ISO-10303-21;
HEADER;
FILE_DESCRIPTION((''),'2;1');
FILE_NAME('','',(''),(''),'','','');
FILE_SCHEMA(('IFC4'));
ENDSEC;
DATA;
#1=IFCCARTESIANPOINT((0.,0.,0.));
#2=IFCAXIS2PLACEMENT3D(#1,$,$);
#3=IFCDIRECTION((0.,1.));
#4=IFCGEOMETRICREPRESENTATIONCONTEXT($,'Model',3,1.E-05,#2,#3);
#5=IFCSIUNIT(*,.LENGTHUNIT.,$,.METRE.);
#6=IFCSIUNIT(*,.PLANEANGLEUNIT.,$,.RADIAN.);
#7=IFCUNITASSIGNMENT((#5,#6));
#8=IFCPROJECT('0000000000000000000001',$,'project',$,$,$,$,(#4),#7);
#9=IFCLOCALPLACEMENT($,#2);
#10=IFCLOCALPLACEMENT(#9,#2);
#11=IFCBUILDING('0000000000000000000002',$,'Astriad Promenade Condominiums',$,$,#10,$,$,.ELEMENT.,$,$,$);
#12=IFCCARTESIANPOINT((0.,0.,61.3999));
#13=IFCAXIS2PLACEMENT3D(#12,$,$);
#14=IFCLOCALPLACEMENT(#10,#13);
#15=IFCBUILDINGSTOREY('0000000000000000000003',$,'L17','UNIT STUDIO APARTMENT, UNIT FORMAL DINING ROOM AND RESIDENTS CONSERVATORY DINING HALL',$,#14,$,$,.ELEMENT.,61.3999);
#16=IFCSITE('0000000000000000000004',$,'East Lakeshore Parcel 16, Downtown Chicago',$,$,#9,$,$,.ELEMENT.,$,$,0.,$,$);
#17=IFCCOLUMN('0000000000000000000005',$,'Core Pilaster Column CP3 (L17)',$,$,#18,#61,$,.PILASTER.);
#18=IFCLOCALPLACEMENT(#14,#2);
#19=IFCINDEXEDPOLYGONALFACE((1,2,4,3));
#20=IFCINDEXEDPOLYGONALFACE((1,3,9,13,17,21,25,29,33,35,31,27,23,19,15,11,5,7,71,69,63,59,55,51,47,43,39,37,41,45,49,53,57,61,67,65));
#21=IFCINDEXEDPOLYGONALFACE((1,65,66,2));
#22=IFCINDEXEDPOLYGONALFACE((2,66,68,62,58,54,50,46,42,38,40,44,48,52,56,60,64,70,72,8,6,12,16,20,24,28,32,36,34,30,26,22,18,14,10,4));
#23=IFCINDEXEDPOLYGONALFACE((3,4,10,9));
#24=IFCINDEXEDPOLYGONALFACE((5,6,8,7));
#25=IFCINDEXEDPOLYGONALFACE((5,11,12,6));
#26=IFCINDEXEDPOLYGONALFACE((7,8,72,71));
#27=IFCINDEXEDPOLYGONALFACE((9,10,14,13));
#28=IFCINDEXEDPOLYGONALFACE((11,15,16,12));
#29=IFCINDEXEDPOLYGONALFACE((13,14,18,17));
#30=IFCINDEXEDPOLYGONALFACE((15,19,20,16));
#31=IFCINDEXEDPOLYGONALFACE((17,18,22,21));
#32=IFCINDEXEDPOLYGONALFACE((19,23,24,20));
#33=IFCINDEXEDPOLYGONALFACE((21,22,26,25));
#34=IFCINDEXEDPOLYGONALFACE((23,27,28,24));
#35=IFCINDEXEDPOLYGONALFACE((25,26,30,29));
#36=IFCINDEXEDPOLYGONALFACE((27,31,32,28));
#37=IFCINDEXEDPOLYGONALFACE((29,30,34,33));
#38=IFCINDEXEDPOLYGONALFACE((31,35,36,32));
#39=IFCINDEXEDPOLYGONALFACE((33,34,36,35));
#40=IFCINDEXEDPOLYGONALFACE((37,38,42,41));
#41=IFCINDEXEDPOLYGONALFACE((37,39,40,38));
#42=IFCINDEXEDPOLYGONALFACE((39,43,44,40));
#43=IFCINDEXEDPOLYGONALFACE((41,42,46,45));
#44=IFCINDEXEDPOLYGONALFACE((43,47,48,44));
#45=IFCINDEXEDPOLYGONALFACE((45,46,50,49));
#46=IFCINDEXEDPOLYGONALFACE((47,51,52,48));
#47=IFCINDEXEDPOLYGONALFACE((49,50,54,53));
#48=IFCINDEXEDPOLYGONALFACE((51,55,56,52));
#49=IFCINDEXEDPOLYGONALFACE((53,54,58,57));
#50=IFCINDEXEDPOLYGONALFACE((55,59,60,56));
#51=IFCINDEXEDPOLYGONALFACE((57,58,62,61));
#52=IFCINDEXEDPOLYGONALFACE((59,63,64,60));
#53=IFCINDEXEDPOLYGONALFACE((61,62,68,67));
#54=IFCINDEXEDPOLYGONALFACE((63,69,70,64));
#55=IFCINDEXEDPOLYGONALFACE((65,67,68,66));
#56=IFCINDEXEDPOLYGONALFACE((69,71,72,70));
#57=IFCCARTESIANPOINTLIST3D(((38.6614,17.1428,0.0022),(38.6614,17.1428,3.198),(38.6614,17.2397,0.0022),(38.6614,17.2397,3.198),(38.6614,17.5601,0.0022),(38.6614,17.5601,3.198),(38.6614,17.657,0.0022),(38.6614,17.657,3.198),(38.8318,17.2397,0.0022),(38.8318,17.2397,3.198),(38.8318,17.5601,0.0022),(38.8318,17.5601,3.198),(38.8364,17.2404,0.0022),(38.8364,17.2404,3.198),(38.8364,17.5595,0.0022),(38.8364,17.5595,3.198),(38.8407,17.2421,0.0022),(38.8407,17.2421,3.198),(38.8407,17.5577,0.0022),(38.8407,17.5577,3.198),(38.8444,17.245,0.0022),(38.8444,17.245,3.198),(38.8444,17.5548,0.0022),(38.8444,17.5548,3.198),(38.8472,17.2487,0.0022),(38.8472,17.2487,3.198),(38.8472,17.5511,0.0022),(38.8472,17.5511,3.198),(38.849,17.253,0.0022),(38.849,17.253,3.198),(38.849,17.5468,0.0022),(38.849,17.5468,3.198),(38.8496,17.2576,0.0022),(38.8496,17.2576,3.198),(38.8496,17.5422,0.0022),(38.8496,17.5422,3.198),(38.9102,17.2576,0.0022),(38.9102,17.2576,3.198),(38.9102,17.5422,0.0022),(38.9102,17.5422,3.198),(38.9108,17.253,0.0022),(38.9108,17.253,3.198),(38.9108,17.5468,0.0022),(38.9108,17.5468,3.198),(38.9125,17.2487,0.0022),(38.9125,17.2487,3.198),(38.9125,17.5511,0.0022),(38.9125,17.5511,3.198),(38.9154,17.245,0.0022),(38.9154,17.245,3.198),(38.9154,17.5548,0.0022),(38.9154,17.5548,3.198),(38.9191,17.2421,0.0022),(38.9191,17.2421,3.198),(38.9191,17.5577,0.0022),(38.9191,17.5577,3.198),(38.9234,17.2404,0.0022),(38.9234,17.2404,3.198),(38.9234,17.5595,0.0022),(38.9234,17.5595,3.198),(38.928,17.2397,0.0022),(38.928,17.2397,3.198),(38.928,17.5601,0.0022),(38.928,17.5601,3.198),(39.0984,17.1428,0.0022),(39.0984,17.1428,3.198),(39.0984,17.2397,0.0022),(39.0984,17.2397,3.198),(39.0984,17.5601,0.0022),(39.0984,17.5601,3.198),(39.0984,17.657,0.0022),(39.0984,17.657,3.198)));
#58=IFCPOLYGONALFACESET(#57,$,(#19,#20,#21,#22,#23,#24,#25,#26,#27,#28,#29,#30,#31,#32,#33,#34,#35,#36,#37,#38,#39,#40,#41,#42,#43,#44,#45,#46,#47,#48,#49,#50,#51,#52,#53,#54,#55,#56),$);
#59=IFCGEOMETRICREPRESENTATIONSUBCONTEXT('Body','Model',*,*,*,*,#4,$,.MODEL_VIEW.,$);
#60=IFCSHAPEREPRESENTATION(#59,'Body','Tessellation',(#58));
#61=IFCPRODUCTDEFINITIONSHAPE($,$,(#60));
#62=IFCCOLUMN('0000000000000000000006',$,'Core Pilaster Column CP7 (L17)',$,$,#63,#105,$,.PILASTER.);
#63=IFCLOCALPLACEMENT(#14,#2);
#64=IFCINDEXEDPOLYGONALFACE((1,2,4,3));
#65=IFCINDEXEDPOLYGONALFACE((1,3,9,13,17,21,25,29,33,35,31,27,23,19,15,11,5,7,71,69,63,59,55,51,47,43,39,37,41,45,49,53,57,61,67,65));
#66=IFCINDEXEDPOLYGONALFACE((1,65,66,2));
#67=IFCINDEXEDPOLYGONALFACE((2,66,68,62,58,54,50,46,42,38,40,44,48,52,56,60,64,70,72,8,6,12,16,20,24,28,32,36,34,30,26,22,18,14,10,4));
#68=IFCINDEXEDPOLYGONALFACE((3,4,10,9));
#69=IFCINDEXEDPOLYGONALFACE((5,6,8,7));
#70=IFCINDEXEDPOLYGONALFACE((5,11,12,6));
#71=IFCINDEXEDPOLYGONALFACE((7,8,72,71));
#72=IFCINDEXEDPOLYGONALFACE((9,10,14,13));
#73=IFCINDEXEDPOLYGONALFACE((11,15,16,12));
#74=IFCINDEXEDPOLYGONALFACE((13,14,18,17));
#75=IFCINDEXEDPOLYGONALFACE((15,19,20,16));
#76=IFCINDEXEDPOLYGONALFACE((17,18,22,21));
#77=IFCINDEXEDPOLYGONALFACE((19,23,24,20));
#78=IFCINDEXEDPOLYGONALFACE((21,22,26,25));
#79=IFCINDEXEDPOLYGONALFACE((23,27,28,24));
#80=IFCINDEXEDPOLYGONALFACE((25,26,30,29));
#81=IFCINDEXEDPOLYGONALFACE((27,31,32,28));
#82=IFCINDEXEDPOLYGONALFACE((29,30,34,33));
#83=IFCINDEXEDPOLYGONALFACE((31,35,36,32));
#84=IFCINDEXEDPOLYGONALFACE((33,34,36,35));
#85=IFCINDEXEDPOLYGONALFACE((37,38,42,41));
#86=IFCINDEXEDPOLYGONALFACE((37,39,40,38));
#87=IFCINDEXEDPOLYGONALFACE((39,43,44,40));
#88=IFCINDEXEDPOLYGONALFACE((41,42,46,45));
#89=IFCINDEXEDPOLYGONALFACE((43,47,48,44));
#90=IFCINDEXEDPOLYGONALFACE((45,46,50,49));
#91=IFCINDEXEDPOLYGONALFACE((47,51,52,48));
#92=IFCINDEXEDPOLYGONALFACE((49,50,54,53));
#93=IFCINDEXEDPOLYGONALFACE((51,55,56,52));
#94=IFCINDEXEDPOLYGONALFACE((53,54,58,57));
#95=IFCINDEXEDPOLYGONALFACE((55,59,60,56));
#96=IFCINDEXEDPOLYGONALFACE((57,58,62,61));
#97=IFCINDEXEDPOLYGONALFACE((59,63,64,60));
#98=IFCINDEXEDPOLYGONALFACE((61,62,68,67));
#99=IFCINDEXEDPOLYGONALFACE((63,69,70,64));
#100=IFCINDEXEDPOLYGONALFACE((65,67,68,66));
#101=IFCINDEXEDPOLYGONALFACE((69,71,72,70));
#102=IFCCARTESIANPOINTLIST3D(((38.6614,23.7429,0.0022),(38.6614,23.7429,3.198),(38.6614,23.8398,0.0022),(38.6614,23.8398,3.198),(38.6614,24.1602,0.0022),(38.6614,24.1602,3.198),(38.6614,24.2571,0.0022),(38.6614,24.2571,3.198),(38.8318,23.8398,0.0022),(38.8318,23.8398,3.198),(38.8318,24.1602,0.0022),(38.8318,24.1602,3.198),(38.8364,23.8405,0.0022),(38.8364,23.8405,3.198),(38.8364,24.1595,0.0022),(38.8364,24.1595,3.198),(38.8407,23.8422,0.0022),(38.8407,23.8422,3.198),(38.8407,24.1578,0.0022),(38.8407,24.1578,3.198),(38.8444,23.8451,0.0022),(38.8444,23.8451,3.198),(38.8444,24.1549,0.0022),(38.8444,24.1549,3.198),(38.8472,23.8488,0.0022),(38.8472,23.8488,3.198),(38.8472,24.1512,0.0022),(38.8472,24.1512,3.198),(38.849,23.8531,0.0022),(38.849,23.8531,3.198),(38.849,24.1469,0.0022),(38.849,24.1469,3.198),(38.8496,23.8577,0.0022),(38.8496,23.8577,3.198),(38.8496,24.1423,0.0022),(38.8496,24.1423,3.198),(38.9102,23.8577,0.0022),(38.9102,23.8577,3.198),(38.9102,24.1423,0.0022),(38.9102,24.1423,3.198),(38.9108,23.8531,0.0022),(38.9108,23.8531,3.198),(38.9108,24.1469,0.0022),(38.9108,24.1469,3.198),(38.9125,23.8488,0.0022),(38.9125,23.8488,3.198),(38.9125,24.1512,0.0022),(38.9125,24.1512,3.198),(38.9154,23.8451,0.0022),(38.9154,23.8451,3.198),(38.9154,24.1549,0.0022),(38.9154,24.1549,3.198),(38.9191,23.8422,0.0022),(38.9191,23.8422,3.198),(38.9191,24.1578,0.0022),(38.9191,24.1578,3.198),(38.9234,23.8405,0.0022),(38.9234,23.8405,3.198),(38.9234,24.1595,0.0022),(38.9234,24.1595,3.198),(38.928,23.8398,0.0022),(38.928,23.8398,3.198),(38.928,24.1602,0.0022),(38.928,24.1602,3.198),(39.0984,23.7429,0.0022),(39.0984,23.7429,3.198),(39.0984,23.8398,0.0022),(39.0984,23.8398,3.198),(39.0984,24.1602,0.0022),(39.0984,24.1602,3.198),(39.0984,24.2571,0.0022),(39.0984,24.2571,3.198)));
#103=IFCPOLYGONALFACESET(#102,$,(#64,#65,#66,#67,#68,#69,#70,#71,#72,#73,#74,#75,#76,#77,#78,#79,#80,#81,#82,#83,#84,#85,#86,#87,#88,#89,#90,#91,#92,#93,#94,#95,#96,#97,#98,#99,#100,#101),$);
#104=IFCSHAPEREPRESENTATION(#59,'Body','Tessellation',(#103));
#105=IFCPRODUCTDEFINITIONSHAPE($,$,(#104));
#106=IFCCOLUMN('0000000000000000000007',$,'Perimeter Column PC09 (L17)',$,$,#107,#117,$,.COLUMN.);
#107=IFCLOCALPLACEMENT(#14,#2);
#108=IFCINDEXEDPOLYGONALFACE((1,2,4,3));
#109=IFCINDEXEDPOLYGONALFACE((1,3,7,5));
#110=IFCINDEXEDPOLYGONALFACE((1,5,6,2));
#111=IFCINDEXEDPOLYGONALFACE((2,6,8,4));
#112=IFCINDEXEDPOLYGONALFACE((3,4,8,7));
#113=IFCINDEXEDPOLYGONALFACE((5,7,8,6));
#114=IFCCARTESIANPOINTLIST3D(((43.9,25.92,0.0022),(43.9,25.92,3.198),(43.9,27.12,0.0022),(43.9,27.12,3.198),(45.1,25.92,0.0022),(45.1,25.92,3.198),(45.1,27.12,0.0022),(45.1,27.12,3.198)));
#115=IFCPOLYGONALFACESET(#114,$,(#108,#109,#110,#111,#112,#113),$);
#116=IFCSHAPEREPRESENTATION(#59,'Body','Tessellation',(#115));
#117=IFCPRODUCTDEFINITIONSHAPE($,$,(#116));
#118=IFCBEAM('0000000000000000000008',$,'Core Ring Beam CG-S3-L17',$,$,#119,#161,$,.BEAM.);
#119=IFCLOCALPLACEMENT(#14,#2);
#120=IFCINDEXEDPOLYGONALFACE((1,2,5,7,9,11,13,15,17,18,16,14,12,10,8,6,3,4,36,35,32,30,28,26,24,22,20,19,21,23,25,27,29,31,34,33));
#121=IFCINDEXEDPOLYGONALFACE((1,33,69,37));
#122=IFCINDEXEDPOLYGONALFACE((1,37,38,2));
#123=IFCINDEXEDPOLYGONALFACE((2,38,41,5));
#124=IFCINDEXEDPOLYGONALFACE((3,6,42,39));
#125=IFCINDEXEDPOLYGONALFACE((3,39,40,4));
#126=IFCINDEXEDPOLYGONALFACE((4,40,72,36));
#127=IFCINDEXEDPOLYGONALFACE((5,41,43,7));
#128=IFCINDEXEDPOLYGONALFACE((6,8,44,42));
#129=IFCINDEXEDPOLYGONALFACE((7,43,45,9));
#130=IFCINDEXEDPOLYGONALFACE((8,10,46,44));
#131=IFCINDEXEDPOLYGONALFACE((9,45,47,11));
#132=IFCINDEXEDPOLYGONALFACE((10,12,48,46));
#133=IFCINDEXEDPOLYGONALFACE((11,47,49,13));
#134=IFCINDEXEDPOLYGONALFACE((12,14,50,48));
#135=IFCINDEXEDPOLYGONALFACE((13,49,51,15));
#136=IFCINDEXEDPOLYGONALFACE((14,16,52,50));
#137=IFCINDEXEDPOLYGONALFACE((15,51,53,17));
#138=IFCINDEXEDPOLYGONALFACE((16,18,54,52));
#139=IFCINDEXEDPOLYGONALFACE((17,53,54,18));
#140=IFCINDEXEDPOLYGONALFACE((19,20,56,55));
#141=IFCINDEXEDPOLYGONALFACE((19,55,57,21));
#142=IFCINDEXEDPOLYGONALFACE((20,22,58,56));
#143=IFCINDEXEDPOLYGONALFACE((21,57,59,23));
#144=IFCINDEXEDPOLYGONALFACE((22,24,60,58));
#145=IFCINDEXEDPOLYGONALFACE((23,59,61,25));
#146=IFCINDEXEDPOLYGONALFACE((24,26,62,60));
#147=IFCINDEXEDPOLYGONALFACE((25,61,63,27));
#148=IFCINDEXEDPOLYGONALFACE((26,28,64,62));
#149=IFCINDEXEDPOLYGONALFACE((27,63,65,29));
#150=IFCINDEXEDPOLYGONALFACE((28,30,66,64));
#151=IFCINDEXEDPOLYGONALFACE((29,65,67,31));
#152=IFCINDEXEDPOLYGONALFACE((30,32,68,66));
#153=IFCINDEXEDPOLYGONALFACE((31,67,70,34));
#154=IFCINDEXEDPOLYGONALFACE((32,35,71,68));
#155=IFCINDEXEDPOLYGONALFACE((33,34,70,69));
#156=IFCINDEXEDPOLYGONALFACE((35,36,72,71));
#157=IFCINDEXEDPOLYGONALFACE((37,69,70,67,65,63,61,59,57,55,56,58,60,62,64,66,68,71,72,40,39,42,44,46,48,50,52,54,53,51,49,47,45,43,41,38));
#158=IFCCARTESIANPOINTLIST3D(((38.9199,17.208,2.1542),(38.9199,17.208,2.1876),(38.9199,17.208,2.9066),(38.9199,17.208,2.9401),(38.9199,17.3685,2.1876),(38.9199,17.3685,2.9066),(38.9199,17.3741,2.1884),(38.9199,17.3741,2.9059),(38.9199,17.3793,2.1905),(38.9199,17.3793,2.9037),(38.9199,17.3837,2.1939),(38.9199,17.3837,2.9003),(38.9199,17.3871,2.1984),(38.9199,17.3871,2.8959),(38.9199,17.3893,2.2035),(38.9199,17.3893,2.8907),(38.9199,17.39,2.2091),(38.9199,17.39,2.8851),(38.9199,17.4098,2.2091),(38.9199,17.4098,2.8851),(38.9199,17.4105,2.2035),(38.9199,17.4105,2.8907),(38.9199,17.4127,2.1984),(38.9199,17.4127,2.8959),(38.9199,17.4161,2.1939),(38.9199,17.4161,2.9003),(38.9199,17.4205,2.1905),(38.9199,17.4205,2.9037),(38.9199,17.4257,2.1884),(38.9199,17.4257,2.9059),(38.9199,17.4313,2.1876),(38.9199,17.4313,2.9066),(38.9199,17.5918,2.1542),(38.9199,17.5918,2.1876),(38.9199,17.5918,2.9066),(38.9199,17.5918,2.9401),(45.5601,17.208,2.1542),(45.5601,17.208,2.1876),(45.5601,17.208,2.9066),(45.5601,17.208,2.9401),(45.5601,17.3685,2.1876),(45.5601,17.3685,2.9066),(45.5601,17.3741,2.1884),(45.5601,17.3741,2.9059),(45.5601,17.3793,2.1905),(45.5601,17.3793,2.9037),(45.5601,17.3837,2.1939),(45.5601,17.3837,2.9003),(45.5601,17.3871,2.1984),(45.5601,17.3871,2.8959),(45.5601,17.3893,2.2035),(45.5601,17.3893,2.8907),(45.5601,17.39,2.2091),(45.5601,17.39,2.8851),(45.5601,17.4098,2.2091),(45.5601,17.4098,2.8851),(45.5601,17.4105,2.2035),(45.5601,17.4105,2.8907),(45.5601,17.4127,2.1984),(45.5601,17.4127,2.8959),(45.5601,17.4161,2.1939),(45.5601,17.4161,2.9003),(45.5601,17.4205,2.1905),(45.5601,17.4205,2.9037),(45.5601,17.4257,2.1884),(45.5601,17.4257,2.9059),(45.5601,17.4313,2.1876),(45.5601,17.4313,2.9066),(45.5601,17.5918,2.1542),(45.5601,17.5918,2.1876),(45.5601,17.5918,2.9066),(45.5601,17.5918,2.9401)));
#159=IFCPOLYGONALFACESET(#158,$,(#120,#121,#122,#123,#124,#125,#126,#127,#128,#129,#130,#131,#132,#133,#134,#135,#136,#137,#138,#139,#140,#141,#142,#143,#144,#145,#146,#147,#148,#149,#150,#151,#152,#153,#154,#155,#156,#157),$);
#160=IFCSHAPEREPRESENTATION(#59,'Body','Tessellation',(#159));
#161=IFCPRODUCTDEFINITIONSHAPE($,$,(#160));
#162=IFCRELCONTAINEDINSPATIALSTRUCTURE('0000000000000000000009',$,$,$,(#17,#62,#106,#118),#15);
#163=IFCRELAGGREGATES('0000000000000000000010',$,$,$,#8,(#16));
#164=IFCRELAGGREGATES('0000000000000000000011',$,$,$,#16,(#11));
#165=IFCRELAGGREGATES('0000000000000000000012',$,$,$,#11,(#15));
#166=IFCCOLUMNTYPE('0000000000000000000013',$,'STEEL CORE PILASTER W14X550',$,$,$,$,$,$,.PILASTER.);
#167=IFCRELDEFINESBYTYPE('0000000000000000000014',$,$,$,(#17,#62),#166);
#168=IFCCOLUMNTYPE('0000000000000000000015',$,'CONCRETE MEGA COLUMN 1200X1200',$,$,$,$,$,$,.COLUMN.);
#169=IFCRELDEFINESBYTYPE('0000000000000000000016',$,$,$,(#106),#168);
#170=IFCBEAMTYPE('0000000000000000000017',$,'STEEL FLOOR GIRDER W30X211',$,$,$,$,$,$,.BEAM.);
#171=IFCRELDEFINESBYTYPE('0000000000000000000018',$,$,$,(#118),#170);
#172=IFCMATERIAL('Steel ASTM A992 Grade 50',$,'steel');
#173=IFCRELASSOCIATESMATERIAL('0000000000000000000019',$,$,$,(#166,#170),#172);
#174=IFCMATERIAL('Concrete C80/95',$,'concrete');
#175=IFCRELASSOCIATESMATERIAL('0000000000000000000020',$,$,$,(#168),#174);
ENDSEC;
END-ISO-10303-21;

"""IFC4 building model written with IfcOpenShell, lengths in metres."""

from ifc_helpers import new_model, si_unit, direction, frame, origin, origin_2d, place, context, subcontext, project, spatial, rectangle, i_section, extrude, source, transform, mapped, material, material_profile, profile_set, type_object, type_shapes, element, save


model = new_model("IFC4")

# Units and contexts
model_context = context("Model", 3, precision=1e-05, world=origin(), true_north=direction((0.0, 1.0)))
body_context = subcontext(model_context, "Body", "Model", "MODEL_VIEW")
ifc_project = project(units=[si_unit("LENGTHUNIT", "METRE"), si_unit("PLANEANGLEUNIT", "RADIAN")], contexts=[model_context])

# Site, building, storey
site_placement = place(None, origin())
site = spatial("IfcSite", under=ifc_project, at=site_placement, Name="East Lakeshore Parcel 16, Downtown Chicago", CompositionType="ELEMENT", RefElevation=0.0)
building_placement = place(site_placement, origin())
building = spatial("IfcBuilding", under=site, at=building_placement, Name="Astriad Promenade Condominiums", CompositionType="ELEMENT")
storey_placement = place(building_placement, frame((0.0, 0.0, 61.3999)))
storey = spatial("IfcBuildingStorey", under=building, at=storey_placement, Name="L17", Description="UNIT STUDIO APARTMENT, UNIT FORMAL DINING ROOM AND RESIDENTS CONSERVATORY DINING HALL", CompositionType="ELEMENT", Elevation=61.3999)

# Columns
ifc_material_1 = material(Name="Steel ASTM A992 Grade 50", Category="steel")
ifc_material_profile_1 = material_profile(ifc_material_1, i_section(OverallWidth=0.437, OverallDepth=0.5142, WebThickness=0.0605, FlangeThickness=0.0969, FilletRadius=0.0178, at=origin_2d()), Name="W14X550")
ifc_profile_set_1 = profile_set([ifc_material_profile_1], Name="Steel ASTM A992 Grade 50")
column_type_1 = type_object("IfcColumnType", Name="STEEL CORE PILASTER W14X550", PredefinedType="PILASTER", material=ifc_profile_set_1)
shared_shape_1 = source(origin(), body_context, "Body", "SweptSolid", [
    extrude(i_section(OverallWidth=0.437, OverallDepth=0.5142, WebThickness=0.0605, FlangeThickness=0.0969, FilletRadius=0.0178, at=origin_2d()), origin(), (0.0, 0.0, 1.0), 3.1958),
])
type_shapes(column_type_1, [shared_shape_1])
for number, where, z_axis, x_axis, name in (
    (1, (38.8799, 17.3999, 0.0022), (0.0, 0.0, 1.0), (1.0, 0.0, 0.0), "Core Pilaster Column CP3 (L17)"),
    (2, (38.8799, 24.0, 0.0022), (0.0, 0.0, 1.0), (1.0, 0.0, 0.0), "Core Pilaster Column CP7 (L17)"),
):
    element("IfcColumn", number, at=place(storey_placement, frame(where, z_axis=z_axis, x_axis=x_axis)), inside=storey, type_object=column_type_1, Name=name, PredefinedType="PILASTER", context=body_context, shape_type="MappedRepresentation", body=[
        mapped(shared_shape_1, transform((0.0, 0.0, 0.0), scale=1.0)),
    ])
ifc_material_2 = material(Name="Concrete C80/95", Category="concrete")
ifc_material_profile_2 = material_profile(ifc_material_2, rectangle(XDim=1.2, YDim=1.2, at=origin_2d()), Name="RC-COL-1200X1200")
ifc_profile_set_2 = profile_set([ifc_material_profile_2], Name="Concrete C80/95")
column_type_2 = type_object("IfcColumnType", Name="CONCRETE MEGA COLUMN 1200X1200", PredefinedType="COLUMN", material=ifc_profile_set_2)
shared_shape_2 = source(origin(), body_context, "Body", "SweptSolid", [
    extrude(rectangle(XDim=1.2, YDim=1.2, at=origin_2d()), origin(), (0.0, 0.0, 1.0), 3.1958),
])
type_shapes(column_type_2, [shared_shape_2])
column_placement = place(storey_placement, frame((44.5, 26.52, 0.0022), z_axis=(0.0, 0.0, 1.0), x_axis=(1.0, 0.0, 0.0)))
element("IfcColumn", 3, at=column_placement, inside=storey, type_object=column_type_2, Name="Perimeter Column PC09 (L17)", PredefinedType="COLUMN", context=body_context, shape_type="MappedRepresentation", body=[
    mapped(shared_shape_2, transform((0.0, 0.0, 0.0), scale=1.0)),
])

# Beam
ifc_material_profile_3 = material_profile(ifc_material_1, i_section(OverallWidth=0.3838, OverallDepth=0.7859, WebThickness=0.0198, FlangeThickness=0.0334, FilletRadius=0.0215, at=origin_2d()), Name="W30X211")
ifc_profile_set_3 = profile_set([ifc_material_profile_3], Name="Steel ASTM A992 Grade 50")
beam_type_1 = type_object("IfcBeamType", Name="STEEL FLOOR GIRDER W30X211", PredefinedType="BEAM", material=ifc_profile_set_3)
shared_shape_3 = source(origin(), body_context, "Body", "SweptSolid", [
    extrude(i_section(OverallWidth=0.3838, OverallDepth=0.7859, WebThickness=0.0198, FlangeThickness=0.0334, FilletRadius=0.0215, at=origin_2d()), origin(), (0.0, 0.0, 1.0), 6.6401),
])
type_shapes(beam_type_1, [shared_shape_3])
beam_1_placement = place(storey_placement, frame((38.9199, 17.3999, 2.5471), z_axis=(1.0, 0.0, 0.0), x_axis=(0.0, 1.0, 0.0)))
element("IfcBeam", 4, at=beam_1_placement, inside=storey, type_object=beam_type_1, Name="Core Ring Beam CG-S3-L17", PredefinedType="BEAM", context=body_context, shape_type="MappedRepresentation", body=[
    mapped(shared_shape_3, transform((0.0, 0.0, 0.0), scale=1.0)),
])

save(model, "model.ifc")
